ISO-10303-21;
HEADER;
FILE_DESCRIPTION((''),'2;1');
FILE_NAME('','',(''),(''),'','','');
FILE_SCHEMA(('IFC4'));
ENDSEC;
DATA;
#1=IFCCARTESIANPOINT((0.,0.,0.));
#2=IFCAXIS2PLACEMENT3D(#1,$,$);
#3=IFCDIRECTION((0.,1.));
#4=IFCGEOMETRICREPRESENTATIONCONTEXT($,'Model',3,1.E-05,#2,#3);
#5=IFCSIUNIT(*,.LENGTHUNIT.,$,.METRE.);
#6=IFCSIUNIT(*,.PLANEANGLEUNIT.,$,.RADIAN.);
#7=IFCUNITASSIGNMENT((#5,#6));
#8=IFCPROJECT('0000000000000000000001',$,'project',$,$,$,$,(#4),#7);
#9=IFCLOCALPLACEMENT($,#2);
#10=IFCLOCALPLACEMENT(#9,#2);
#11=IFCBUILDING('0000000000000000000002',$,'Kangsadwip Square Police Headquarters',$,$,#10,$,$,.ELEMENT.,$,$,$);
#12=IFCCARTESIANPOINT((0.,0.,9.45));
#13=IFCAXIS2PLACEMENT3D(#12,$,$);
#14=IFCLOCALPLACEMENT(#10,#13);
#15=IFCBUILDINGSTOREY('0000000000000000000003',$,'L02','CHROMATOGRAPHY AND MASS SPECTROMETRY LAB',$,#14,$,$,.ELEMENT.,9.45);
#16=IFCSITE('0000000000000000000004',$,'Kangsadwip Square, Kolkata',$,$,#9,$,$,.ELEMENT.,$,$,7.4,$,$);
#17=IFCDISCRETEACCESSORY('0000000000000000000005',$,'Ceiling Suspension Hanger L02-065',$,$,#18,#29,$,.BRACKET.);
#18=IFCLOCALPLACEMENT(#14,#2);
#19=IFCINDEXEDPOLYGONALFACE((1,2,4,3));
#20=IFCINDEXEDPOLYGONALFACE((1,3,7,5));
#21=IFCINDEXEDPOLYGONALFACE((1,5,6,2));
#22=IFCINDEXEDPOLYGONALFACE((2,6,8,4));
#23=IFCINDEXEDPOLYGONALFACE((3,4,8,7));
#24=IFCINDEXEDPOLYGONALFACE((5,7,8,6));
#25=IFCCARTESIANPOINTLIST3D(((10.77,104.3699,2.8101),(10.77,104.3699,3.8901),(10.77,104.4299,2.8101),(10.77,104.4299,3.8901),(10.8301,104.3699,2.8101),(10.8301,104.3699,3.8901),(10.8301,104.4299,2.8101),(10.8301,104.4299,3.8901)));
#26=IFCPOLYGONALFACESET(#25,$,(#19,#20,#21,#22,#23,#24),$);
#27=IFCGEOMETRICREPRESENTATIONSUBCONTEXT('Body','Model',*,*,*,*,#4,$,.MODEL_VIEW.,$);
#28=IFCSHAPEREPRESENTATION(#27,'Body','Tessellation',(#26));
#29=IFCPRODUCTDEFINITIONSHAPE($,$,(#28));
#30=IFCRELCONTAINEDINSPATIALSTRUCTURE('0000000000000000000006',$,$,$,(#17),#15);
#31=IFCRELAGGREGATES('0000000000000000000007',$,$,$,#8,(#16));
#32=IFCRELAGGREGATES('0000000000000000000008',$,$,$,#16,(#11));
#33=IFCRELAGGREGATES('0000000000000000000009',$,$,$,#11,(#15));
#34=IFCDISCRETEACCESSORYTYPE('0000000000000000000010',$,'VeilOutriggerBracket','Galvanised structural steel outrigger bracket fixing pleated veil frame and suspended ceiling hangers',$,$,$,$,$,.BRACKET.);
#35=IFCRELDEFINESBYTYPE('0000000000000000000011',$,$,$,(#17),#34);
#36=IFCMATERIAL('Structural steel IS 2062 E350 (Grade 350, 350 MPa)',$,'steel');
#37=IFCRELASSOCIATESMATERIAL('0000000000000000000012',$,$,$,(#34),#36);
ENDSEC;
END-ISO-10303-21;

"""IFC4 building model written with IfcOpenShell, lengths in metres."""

from ifc_helpers import new_model, si_unit, direction, frame, origin, origin_2d, place, context, subcontext, project, spatial, rectangle, extrude, material, type_object, element, save


model = new_model("IFC4")

# Units and contexts
model_context = context("Model", 3, precision=1e-05, world=origin(), true_north=direction((0.0, 1.0)))
body_context = subcontext(model_context, "Body", "Model", "MODEL_VIEW")
ifc_project = project(units=[si_unit("LENGTHUNIT", "METRE"), si_unit("PLANEANGLEUNIT", "RADIAN")], contexts=[model_context])

# Site, building, storey
site_placement = place(None, origin())
site = spatial("IfcSite", under=ifc_project, at=site_placement, Name="Kangsadwip Square, Kolkata", CompositionType="ELEMENT", RefElevation=7.4)
building_placement = place(site_placement, origin())
building = spatial("IfcBuilding", under=site, at=building_placement, Name="Kangsadwip Square Police Headquarters", CompositionType="ELEMENT")
storey_placement = place(building_placement, frame((0.0, 0.0, 9.45)))
storey = spatial("IfcBuildingStorey", under=building, at=storey_placement, Name="L02", Description="CHROMATOGRAPHY AND MASS SPECTROMETRY LAB", CompositionType="ELEMENT", Elevation=9.45)

# Discrete accessory
ifc_material_1 = material(Name="Structural steel IS 2062 E350 (Grade 350, 350 MPa)", Category="steel")
discrete_accessory_type = type_object("IfcDiscreteAccessoryType", Name="VeilOutriggerBracket", Description="Galvanised structural steel outrigger bracket fixing pleated veil frame and suspended ceiling hangers", PredefinedType="BRACKET", material=ifc_material_1)
for number, where, z_axis, x_axis, name in (
    (1, (10.8, 104.3999, 2.8101), (0.0, 0.0, 1.0), (1.0, 0.0, 0.0), "Ceiling Suspension Hanger L02-065"),
):
    element("IfcDiscreteAccessory", number, at=place(storey_placement, frame(where, z_axis=z_axis, x_axis=x_axis)), inside=storey, type_object=discrete_accessory_type, Name=name, PredefinedType="BRACKET", context=body_context, shape_type="SweptSolid", body=[
        extrude(rectangle(XDim=0.0601, YDim=0.0601, at=origin_2d()), origin(), (0.0, 0.0, 1.0), 1.0801),
    ])

save(model, "model.ifc")
